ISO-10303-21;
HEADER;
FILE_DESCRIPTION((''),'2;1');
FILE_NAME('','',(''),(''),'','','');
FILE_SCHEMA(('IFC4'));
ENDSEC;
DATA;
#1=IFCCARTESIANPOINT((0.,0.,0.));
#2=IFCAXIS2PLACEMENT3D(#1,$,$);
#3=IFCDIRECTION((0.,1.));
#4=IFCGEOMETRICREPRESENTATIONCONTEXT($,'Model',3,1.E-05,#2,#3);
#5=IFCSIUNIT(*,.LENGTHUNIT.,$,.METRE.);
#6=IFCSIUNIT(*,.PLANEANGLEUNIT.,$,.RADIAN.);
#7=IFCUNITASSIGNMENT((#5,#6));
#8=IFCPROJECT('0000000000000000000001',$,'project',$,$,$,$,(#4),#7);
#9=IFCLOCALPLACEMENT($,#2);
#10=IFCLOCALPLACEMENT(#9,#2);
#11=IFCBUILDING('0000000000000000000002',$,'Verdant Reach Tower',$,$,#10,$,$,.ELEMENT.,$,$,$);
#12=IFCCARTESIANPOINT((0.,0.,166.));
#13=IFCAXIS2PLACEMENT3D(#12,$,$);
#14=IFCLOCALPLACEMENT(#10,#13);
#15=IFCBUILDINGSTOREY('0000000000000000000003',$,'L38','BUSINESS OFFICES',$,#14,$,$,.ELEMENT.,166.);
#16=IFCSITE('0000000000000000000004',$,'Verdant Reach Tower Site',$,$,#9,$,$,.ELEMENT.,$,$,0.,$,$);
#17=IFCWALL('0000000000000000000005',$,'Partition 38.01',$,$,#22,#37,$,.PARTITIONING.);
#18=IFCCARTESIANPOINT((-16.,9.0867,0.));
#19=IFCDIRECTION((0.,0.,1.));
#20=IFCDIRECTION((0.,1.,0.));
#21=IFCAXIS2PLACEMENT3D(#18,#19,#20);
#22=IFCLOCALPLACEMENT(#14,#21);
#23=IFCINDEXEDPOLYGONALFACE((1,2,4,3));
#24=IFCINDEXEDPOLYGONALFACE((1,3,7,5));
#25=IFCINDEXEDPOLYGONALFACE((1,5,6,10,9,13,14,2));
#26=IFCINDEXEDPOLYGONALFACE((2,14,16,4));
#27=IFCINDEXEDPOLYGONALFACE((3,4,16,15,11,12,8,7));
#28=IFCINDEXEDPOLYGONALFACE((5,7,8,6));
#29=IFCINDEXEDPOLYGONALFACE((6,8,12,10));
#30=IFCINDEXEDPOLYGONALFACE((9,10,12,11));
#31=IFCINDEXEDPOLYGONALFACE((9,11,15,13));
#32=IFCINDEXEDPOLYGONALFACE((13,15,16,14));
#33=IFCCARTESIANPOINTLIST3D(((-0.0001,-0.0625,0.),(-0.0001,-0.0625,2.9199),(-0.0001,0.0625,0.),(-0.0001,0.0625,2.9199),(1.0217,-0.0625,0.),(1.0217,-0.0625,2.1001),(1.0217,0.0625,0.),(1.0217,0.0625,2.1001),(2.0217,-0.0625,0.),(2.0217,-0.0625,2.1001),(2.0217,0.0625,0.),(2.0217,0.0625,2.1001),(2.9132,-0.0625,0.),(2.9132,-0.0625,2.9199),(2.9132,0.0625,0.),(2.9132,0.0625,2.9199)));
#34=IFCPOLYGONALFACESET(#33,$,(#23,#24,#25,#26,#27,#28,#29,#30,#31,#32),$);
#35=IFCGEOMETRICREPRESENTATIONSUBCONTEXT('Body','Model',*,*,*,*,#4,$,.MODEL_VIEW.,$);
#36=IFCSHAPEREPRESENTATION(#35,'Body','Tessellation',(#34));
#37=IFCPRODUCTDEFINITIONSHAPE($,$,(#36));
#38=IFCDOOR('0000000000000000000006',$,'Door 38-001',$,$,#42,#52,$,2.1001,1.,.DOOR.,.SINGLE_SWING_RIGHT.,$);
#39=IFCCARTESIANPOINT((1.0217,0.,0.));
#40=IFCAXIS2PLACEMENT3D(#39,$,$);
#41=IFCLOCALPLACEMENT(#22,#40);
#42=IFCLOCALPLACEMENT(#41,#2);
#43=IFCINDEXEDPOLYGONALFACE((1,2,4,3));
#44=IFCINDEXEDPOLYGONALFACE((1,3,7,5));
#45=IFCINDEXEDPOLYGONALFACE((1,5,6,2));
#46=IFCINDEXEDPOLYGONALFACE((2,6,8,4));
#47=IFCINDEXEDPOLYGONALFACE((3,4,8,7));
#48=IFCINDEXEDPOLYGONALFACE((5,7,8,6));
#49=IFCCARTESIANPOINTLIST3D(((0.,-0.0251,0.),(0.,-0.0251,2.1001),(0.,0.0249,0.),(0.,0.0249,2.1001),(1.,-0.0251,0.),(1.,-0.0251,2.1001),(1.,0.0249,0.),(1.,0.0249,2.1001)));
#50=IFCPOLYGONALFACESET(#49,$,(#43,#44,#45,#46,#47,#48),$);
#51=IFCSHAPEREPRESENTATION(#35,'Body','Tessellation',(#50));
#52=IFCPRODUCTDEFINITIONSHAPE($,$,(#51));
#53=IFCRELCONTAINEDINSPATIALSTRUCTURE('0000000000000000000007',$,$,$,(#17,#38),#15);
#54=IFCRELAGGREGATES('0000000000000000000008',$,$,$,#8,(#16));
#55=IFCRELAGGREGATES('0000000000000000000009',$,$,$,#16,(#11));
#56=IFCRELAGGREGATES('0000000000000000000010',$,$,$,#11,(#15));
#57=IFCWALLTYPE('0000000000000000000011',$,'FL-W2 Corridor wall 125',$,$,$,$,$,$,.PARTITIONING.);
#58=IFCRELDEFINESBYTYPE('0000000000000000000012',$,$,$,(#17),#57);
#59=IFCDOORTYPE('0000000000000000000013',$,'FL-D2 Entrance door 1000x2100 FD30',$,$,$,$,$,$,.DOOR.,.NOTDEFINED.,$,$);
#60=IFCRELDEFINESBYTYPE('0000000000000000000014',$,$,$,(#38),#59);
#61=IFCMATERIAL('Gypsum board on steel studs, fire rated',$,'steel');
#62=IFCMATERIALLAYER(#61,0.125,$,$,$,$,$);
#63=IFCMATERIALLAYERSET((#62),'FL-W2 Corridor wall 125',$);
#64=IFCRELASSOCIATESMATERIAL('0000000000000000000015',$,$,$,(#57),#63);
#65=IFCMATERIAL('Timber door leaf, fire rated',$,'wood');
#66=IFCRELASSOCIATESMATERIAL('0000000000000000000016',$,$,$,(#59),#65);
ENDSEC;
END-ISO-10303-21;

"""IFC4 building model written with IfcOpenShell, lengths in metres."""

from ifc_helpers import new_model, si_unit, direction, frame, frame_2d, origin, place, context, subcontext, project, spatial, rectangle, extrude, material, layer, layer_set, type_object, element, fill, save


model = new_model("IFC4")

# Units and contexts
model_context = context("Model", 3, precision=1e-05, world=origin(), true_north=direction((0.0, 1.0)))
body_context = subcontext(model_context, "Body", "Model", "MODEL_VIEW")
ifc_project = project(units=[si_unit("LENGTHUNIT", "METRE"), si_unit("PLANEANGLEUNIT", "RADIAN")], contexts=[model_context])

# Site, building, storey
site_placement = place(None, origin())
site = spatial("IfcSite", under=ifc_project, at=site_placement, Name="Verdant Reach Tower Site", CompositionType="ELEMENT", RefElevation=0.0)
building_placement = place(site_placement, origin())
building = spatial("IfcBuilding", under=site, at=building_placement, Name="Verdant Reach Tower", CompositionType="ELEMENT")
storey_placement = place(building_placement, frame((0.0, 0.0, 166.0)))
storey = spatial("IfcBuildingStorey", under=building, at=storey_placement, Name="L38", Description="BUSINESS OFFICES", CompositionType="ELEMENT", Elevation=166.0)

# Wall, opening, door
ifc_material_1 = material(Name="Gypsum board on steel studs, fire rated", Category="steel")
ifc_layer_1 = layer(ifc_material_1, 0.125)
ifc_layer_set_1 = layer_set([ifc_layer_1], Name="FL-W2 Corridor wall 125")
wall_type_1 = type_object("IfcWallType", Name="FL-W2 Corridor wall 125", PredefinedType="PARTITIONING", material=ifc_layer_set_1)
wall_1_placement = place(storey_placement, frame((-16.0, 9.0867, 0.0), z_axis=(0.0, 0.0, 1.0), x_axis=(0.0, 1.0, 0.0)))
wall_1 = element("IfcWall", 1, at=wall_1_placement, inside=storey, type_object=wall_type_1, Name="Partition 38.01", PredefinedType="PARTITIONING", context=body_context, shape_type="SweptSolid", body=[
    extrude(rectangle(XDim=2.9133, YDim=0.125, at=frame_2d((1.4565, 0.0))), origin(), (0.0, 0.0, 1.0), 2.9199),
])
opening_1_placement = place(wall_1_placement, frame((1.0217, 0.0, 0.0)))
opening_1 = element("IfcOpeningElement", 2, at=opening_1_placement, cuts=wall_1, PredefinedType="OPENING", context=body_context, shape_type="SweptSolid", body=[
    extrude(rectangle(XDim=1.0, YDim=2.1001, at=frame_2d((0.5, 1.05))), frame((0.0, 0.0725, 0.0), z_axis=(0.0, -1.0, 0.0), x_axis=(1.0, 0.0, 0.0)), (0.0, 0.0, 1.0), 0.145),
])
ifc_material_2 = material(Name="Timber door leaf, fire rated", Category="wood")
door_type_1 = type_object("IfcDoorType", Name="FL-D2 Entrance door 1000x2100 FD30", OperationType="NOTDEFINED", PredefinedType="DOOR", material=ifc_material_2)
door_1_placement = place(opening_1_placement, origin())
door_1 = element("IfcDoor", 3, at=door_1_placement, inside=storey, type_object=door_type_1, Name="Door 38-001", OperationType="SINGLE_SWING_RIGHT", OverallHeight=2.1001, OverallWidth=1.0, PredefinedType="DOOR", context=body_context, shape_type="SweptSolid", body=[
    extrude(rectangle(XDim=1.0, YDim=2.1001, at=frame_2d((0.5, 1.05))), frame((0.0, 0.0249, 0.0), z_axis=(0.0, -1.0, 0.0), x_axis=(1.0, 0.0, 0.0)), (0.0, 0.0, 1.0), 0.05),
])
fill(opening_1, door_1)

save(model, "model.ifc")
